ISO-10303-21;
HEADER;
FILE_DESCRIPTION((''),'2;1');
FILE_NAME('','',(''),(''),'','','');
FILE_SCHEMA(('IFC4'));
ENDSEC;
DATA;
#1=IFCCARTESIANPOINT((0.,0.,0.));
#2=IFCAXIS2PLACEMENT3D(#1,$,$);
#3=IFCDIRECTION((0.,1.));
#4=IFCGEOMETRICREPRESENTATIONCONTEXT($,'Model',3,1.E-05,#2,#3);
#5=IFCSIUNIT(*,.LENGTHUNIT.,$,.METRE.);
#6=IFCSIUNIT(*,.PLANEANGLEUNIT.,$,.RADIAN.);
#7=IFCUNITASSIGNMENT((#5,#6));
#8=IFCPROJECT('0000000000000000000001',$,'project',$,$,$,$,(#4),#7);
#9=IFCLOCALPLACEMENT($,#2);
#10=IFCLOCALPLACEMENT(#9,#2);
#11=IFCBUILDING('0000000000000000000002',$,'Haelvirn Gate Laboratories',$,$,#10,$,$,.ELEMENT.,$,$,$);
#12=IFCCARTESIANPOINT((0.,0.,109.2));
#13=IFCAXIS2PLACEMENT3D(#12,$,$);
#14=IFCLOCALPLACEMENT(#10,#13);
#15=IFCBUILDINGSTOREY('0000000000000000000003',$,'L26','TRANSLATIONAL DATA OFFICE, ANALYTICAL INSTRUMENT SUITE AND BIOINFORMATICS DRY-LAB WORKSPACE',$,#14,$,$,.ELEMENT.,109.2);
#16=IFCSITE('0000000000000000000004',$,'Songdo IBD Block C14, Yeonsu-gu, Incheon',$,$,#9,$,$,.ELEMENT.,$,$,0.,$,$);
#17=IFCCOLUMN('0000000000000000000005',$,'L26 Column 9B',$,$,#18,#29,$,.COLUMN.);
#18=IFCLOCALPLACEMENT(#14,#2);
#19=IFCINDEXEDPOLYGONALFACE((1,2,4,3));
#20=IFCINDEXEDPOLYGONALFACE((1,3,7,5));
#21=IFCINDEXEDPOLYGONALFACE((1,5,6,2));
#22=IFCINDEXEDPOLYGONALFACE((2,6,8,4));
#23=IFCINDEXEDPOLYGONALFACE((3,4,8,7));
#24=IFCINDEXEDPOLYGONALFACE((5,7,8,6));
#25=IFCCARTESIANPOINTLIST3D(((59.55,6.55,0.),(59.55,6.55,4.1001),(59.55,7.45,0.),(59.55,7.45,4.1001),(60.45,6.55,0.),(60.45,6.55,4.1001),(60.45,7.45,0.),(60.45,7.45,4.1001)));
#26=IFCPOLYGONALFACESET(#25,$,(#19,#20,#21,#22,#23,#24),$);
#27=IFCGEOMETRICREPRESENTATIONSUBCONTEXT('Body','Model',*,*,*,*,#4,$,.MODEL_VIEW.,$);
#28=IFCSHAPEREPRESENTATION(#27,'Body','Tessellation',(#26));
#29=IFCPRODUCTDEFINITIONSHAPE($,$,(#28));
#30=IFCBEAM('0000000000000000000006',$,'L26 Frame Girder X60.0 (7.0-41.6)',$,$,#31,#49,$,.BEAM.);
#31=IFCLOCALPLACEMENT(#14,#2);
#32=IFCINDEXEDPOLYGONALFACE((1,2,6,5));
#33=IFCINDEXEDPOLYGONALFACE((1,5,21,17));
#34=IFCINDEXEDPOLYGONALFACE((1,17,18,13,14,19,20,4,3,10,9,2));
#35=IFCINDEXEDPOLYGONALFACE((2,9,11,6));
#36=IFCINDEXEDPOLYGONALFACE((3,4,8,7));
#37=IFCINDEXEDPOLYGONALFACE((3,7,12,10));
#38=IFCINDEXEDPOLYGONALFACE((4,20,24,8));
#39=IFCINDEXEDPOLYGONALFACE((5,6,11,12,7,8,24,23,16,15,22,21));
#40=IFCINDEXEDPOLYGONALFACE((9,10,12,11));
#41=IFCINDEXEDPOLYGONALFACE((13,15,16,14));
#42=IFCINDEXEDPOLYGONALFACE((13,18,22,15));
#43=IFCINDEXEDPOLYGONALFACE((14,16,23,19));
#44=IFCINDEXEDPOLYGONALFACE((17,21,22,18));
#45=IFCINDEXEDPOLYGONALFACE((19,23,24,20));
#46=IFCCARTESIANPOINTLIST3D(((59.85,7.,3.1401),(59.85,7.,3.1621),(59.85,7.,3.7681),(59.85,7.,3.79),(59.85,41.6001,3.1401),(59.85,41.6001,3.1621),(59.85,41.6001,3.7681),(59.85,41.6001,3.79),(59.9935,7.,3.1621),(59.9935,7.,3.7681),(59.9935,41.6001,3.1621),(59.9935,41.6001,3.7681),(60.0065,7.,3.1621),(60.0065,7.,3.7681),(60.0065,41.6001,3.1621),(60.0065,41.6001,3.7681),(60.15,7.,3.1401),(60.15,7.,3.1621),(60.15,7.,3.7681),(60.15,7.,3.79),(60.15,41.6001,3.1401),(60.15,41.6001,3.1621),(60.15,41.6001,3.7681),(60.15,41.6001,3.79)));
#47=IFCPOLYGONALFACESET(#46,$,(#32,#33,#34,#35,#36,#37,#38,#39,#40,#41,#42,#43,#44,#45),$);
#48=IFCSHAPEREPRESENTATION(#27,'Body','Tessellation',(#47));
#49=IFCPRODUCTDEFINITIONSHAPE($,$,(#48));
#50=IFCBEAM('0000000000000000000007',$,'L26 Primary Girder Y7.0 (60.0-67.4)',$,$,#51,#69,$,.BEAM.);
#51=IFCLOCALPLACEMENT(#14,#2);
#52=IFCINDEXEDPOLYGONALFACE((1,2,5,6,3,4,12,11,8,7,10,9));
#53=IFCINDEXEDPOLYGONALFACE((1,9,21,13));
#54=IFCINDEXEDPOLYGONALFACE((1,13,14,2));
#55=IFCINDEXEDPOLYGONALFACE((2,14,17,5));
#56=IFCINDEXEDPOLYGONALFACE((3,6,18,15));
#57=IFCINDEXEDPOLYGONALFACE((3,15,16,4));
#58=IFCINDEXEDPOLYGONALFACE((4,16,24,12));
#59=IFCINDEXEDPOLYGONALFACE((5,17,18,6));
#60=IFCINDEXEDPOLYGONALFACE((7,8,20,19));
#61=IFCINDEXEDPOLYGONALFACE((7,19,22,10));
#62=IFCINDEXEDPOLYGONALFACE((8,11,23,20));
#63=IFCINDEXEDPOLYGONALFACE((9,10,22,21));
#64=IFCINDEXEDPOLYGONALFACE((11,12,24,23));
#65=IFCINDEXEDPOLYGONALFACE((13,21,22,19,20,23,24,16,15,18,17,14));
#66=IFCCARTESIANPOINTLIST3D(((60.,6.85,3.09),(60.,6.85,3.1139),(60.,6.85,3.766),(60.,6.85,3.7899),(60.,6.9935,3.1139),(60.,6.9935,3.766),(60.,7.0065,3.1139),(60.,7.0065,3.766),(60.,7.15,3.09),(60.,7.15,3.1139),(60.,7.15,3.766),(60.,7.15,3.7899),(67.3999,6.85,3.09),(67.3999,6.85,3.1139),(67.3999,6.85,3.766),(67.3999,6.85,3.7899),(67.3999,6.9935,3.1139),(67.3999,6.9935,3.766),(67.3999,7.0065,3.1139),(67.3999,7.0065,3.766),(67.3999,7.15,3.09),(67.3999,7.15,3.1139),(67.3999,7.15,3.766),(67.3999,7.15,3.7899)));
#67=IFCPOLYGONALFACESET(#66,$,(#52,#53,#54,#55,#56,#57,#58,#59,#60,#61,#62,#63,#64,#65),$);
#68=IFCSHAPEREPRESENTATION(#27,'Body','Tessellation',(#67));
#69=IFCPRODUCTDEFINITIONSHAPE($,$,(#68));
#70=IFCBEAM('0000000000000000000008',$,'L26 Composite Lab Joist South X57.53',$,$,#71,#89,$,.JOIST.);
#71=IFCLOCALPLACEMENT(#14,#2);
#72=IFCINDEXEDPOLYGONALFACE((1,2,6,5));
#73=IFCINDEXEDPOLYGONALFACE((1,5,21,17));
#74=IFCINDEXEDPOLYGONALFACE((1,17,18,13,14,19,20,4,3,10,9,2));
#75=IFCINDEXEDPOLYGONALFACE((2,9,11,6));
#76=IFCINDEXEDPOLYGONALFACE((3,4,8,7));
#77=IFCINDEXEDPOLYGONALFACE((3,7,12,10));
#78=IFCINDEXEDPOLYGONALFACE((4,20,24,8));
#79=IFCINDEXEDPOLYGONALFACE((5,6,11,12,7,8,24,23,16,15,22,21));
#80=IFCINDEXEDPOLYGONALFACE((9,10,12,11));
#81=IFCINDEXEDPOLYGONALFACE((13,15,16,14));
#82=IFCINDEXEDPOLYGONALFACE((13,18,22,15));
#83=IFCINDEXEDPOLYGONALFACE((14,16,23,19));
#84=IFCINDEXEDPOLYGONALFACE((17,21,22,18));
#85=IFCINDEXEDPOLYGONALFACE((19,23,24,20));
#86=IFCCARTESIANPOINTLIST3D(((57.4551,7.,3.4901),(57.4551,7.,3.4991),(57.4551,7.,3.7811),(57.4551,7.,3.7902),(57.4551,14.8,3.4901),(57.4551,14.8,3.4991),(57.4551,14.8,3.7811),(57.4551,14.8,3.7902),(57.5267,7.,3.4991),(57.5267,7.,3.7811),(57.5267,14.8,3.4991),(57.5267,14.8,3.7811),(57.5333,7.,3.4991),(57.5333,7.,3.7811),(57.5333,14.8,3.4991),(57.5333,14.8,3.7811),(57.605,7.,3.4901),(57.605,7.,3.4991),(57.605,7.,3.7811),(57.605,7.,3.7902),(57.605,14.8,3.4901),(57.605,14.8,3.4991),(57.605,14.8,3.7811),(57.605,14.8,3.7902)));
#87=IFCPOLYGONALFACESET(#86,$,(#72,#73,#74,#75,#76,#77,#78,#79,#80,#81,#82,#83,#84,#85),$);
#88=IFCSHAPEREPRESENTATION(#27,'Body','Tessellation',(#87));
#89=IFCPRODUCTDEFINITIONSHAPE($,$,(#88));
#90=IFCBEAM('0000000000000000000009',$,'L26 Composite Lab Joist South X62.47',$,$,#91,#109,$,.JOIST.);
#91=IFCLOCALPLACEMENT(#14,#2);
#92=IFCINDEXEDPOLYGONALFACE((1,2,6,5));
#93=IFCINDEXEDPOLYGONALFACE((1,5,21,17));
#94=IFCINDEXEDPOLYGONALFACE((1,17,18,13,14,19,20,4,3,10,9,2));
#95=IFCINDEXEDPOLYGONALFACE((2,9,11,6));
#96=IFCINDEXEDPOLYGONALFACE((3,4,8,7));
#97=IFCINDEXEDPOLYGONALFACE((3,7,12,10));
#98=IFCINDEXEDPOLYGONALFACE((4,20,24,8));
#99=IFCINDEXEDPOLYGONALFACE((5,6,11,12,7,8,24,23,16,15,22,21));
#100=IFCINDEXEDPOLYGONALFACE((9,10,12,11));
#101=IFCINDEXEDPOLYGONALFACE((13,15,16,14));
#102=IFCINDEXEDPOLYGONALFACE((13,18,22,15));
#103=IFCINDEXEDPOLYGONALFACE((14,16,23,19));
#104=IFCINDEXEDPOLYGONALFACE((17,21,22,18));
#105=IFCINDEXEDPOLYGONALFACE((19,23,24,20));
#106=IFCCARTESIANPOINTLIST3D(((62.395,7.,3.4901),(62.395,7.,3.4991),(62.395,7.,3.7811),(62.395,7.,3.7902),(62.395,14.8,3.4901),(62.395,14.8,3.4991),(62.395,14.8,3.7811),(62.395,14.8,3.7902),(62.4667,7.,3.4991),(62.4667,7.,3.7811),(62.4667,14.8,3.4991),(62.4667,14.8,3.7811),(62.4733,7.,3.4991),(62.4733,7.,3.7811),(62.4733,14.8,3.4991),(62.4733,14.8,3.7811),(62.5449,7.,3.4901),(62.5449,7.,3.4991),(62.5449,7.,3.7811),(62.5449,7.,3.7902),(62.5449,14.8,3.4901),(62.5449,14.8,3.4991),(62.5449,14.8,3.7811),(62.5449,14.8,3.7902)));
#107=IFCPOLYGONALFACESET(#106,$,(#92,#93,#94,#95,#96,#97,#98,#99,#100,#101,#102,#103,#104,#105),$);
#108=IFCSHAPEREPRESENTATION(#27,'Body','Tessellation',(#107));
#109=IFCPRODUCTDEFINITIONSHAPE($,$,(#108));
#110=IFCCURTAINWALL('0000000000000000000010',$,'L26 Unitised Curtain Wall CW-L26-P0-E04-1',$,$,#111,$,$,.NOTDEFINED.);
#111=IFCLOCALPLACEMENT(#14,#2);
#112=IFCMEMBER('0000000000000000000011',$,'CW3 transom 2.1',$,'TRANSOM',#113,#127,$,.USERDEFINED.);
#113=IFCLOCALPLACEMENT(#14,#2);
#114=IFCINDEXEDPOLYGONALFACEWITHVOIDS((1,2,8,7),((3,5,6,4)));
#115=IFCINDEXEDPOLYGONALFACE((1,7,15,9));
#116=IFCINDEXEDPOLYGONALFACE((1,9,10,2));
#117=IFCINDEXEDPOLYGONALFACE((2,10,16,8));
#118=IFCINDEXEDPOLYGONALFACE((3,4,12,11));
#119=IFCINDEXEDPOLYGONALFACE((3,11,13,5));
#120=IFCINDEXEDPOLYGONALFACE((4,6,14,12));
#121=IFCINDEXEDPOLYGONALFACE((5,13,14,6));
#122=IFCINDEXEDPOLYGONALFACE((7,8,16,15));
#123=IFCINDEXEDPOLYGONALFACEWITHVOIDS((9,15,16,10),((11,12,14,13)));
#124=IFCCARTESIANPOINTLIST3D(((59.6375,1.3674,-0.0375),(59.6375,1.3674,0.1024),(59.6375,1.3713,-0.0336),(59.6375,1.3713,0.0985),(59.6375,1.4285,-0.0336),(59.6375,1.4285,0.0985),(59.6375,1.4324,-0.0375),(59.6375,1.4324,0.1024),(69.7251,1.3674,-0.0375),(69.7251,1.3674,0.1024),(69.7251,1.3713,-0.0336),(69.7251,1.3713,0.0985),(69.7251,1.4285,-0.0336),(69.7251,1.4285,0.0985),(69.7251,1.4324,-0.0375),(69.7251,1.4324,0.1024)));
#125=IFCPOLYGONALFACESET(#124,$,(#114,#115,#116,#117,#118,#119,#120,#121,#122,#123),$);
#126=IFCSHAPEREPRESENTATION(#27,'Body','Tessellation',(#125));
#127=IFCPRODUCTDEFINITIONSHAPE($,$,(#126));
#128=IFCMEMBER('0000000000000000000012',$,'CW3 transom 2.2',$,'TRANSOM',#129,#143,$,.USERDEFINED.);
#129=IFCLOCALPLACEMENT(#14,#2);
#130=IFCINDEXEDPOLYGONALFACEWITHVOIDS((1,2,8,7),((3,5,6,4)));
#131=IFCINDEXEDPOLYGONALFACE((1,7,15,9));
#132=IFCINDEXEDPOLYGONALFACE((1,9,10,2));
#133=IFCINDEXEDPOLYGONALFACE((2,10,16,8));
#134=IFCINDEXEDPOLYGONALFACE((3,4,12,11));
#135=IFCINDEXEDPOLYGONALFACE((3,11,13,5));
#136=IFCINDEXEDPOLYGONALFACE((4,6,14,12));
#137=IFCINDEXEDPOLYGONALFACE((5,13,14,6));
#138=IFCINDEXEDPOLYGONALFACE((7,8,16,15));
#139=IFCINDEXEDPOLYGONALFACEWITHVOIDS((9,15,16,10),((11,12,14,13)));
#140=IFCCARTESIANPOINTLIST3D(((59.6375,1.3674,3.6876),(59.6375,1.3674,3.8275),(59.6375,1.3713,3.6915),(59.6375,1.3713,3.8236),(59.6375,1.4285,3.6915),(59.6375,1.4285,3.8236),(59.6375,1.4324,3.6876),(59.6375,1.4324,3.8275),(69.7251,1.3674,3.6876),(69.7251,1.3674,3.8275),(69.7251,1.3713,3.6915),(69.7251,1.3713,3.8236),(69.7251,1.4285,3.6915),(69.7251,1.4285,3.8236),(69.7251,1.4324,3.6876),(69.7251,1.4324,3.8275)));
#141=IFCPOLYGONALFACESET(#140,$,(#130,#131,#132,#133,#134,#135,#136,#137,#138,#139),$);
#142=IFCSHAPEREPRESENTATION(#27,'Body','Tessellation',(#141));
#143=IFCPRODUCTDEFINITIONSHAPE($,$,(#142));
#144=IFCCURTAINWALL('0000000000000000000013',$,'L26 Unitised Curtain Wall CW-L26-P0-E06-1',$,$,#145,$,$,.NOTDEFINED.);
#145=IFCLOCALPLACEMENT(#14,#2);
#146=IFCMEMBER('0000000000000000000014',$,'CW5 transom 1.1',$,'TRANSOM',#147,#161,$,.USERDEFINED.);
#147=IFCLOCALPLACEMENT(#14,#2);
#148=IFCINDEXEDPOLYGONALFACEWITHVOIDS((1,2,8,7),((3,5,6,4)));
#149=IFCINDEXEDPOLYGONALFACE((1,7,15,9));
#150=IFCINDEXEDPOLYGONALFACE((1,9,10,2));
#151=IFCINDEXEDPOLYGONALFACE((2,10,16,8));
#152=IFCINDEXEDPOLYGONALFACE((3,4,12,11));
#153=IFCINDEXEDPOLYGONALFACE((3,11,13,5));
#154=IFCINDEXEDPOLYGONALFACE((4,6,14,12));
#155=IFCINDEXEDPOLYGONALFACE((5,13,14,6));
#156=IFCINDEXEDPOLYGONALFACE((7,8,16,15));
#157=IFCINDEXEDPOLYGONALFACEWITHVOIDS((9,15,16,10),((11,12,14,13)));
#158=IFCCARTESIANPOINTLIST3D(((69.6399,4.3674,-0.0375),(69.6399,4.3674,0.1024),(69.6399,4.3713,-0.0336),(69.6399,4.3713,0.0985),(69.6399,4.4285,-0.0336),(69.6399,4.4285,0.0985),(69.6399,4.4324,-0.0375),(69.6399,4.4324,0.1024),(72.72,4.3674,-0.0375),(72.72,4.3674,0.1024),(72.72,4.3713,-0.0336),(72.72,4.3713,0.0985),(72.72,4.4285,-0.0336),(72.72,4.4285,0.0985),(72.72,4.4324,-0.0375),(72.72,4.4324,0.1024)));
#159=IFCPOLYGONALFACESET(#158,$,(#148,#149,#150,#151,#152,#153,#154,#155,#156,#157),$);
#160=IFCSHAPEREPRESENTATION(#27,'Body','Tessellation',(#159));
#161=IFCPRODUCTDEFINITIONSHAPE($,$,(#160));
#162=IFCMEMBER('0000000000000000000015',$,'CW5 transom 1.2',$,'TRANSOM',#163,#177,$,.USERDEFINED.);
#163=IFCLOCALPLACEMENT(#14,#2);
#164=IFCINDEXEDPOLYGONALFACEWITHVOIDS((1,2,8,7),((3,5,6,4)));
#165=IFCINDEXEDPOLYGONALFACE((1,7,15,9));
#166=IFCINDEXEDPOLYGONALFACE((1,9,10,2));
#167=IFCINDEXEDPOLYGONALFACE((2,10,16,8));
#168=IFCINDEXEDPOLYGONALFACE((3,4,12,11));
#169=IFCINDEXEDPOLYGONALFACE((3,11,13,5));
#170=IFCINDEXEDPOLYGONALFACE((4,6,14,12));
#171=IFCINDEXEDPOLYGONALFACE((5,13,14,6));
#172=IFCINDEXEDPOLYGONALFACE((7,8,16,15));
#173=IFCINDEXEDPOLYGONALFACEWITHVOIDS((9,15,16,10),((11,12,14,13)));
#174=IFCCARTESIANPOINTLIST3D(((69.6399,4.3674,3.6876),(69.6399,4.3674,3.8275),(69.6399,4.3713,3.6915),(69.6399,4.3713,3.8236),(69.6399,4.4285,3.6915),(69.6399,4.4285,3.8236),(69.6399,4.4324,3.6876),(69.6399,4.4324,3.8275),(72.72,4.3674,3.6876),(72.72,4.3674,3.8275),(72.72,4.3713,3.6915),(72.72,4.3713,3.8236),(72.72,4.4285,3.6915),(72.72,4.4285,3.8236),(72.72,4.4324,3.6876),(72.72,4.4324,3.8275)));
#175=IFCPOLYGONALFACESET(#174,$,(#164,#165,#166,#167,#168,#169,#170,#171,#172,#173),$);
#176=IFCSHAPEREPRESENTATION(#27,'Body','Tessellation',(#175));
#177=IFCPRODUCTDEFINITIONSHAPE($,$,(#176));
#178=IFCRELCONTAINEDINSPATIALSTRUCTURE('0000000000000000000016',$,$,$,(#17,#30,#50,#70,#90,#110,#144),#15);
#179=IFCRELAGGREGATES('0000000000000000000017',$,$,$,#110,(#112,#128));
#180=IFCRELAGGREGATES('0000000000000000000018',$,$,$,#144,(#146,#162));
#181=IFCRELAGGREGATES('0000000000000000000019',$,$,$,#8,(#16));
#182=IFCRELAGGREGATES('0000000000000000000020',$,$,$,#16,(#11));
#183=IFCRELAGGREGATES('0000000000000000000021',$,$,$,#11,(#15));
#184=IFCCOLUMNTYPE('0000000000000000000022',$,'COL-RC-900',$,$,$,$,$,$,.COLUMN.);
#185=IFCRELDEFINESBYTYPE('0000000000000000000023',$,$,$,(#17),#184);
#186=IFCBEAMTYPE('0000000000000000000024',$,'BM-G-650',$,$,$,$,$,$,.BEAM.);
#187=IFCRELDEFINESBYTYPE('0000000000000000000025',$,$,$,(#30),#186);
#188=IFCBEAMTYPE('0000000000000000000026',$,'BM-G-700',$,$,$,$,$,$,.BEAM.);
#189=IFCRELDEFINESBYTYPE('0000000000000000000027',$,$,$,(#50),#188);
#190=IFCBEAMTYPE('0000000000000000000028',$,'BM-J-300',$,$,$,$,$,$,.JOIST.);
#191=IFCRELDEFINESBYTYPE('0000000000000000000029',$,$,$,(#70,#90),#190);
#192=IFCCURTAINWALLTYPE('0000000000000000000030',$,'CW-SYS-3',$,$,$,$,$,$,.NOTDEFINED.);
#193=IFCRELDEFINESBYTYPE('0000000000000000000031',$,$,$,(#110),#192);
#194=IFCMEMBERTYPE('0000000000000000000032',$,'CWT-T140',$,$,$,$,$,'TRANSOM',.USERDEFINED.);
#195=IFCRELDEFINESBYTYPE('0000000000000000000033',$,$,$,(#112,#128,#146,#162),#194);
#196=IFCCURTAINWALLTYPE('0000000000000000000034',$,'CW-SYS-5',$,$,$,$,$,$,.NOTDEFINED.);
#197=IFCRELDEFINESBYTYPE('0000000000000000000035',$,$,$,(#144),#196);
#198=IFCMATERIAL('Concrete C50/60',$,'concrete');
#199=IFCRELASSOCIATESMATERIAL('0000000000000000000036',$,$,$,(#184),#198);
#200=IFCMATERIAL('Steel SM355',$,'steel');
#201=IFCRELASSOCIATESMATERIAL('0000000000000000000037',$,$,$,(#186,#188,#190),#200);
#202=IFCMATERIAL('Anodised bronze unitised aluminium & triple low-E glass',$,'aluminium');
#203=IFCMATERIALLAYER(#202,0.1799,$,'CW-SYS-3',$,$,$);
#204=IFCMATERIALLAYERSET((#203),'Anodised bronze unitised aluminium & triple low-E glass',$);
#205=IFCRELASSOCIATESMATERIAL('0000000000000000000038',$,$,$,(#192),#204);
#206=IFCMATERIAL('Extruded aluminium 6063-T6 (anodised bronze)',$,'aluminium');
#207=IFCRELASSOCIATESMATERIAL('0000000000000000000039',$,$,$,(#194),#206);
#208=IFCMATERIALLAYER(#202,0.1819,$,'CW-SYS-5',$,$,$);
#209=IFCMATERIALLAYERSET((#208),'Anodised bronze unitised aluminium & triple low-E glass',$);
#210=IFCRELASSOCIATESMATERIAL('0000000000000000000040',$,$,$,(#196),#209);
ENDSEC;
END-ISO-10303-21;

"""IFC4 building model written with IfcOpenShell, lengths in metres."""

from ifc_helpers import new_model, si_unit, direction, frame, origin, origin_2d, place, context, subcontext, project, spatial, rectangle, hollow_rectangle, i_section, extrude, source, transform, mapped, material, layer, layer_set, material_profile, profile_set, type_object, type_shapes, element, aggregate, save


model = new_model("IFC4")

# Units and contexts
model_context = context("Model", 3, precision=1e-05, world=origin(), true_north=direction((0.0, 1.0)))
body_context = subcontext(model_context, "Body", "Model", "MODEL_VIEW")
ifc_project = project(units=[si_unit("LENGTHUNIT", "METRE"), si_unit("PLANEANGLEUNIT", "RADIAN")], contexts=[model_context])

# Site, building, storey
site_placement = place(None, origin())
site = spatial("IfcSite", under=ifc_project, at=site_placement, Name="Songdo IBD Block C14, Yeonsu-gu, Incheon", CompositionType="ELEMENT", RefElevation=0.0)
building_placement = place(site_placement, origin())
building = spatial("IfcBuilding", under=site, at=building_placement, Name="Haelvirn Gate Laboratories", CompositionType="ELEMENT")
storey_placement = place(building_placement, frame((0.0, 0.0, 109.2)))
storey = spatial("IfcBuildingStorey", under=building, at=storey_placement, Name="L26", Description="TRANSLATIONAL DATA OFFICE, ANALYTICAL INSTRUMENT SUITE AND BIOINFORMATICS DRY-LAB WORKSPACE", CompositionType="ELEMENT", Elevation=109.2)

# Column
ifc_material_1 = material(Name="Concrete C50/60", Category="concrete")
ifc_material_profile_1 = material_profile(ifc_material_1, rectangle(XDim=0.8999, YDim=0.8999, at=origin_2d()), Name="RC-900x900")
ifc_profile_set_1 = profile_set([ifc_material_profile_1], Name="Concrete C50/60")
column_type = type_object("IfcColumnType", Name="COL-RC-900", PredefinedType="COLUMN", material=ifc_profile_set_1)
shared_shape_1 = source(origin(), body_context, "Body", "SweptSolid", [
    extrude(rectangle(XDim=0.8999, YDim=0.8999, at=origin_2d()), origin(), (0.0, 0.0, 1.0), 4.1001),
])
type_shapes(column_type, [shared_shape_1])
column_placement = place(storey_placement, frame((60.0, 7.0, 0.0), z_axis=(0.0, 0.0, 1.0), x_axis=(1.0, 0.0, 0.0)))
element("IfcColumn", 1, at=column_placement, inside=storey, type_object=column_type, Name="L26 Column 9B", PredefinedType="COLUMN", context=body_context, shape_type="MappedRepresentation", body=[
    mapped(shared_shape_1, transform((0.0, 0.0, 0.0), scale=1.0)),
])

# Beams
ifc_material_2 = material(Name="Steel SM355", Category="steel")
ifc_material_profile_2 = material_profile(ifc_material_2, i_section(OverallWidth=0.3, OverallDepth=0.6499, WebThickness=0.0129, FlangeThickness=0.022, at=origin_2d()), Name="H-650x300x13x22")
ifc_profile_set_2 = profile_set([ifc_material_profile_2], Name="Steel SM355")
beam_type_1 = type_object("IfcBeamType", Name="BM-G-650", PredefinedType="BEAM", material=ifc_profile_set_2)
shared_shape_2 = source(origin(), body_context, "Body", "SweptSolid", [
    extrude(i_section(OverallWidth=0.3, OverallDepth=0.6499, WebThickness=0.0129, FlangeThickness=0.022, at=origin_2d()), origin(), (0.0, 0.0, 1.0), 34.6001),
])
type_shapes(beam_type_1, [shared_shape_2])
beam_1_placement = place(storey_placement, frame((60.0, 7.0, 3.4651), z_axis=(0.0, 1.0, 0.0), x_axis=(-1.0, 0.0, 0.0)))
element("IfcBeam", 2, at=beam_1_placement, inside=storey, type_object=beam_type_1, Name="L26 Frame Girder X60.0 (7.0-41.6)", PredefinedType="BEAM", context=body_context, shape_type="MappedRepresentation", body=[
    mapped(shared_shape_2, transform((0.0, 0.0, 0.0), scale=1.0)),
])
ifc_material_profile_3 = material_profile(ifc_material_2, i_section(OverallWidth=0.3, OverallDepth=0.7, WebThickness=0.0129, FlangeThickness=0.0239, at=origin_2d()), Name="H-700x300x13x24")
ifc_profile_set_3 = profile_set([ifc_material_profile_3], Name="Steel SM355")
beam_type_2 = type_object("IfcBeamType", Name="BM-G-700", PredefinedType="BEAM", material=ifc_profile_set_3)
shared_shape_3 = source(origin(), body_context, "Body", "SweptSolid", [
    extrude(i_section(OverallWidth=0.3, OverallDepth=0.7, WebThickness=0.0129, FlangeThickness=0.0239, at=origin_2d()), origin(), (0.0, 0.0, 1.0), 7.3999),
])
type_shapes(beam_type_2, [shared_shape_3])
beam_2_placement = place(storey_placement, frame((60.0, 7.0, 3.4399), z_axis=(1.0, 0.0, 0.0), x_axis=(0.0, 1.0, 0.0)))
element("IfcBeam", 3, at=beam_2_placement, inside=storey, type_object=beam_type_2, Name="L26 Primary Girder Y7.0 (60.0-67.4)", PredefinedType="BEAM", context=body_context, shape_type="MappedRepresentation", body=[
    mapped(shared_shape_3, transform((0.0, 0.0, 0.0), scale=1.0)),
])
ifc_material_profile_4 = material_profile(ifc_material_2, i_section(OverallWidth=0.1499, OverallDepth=0.3, WebThickness=0.0066, FlangeThickness=0.009, at=origin_2d()), Name="H-300x150x6.5x9")
ifc_profile_set_4 = profile_set([ifc_material_profile_4], Name="Steel SM355")
beam_type_3 = type_object("IfcBeamType", Name="BM-J-300", PredefinedType="JOIST", material=ifc_profile_set_4)
shared_shape_4 = source(origin(), body_context, "Body", "SweptSolid", [
    extrude(i_section(OverallWidth=0.1499, OverallDepth=0.3, WebThickness=0.0066, FlangeThickness=0.009, at=origin_2d()), origin(), (0.0, 0.0, 1.0), 7.8),
])
type_shapes(beam_type_3, [shared_shape_4])
for number, where, z_axis, x_axis, name in (
    (4, (57.53, 7.0, 3.6401), (0.0, 1.0, 0.0), (-1.0, 0.0, 0.0), "L26 Composite Lab Joist South X57.53"),
    (5, (62.47, 7.0, 3.6401), (0.0, 1.0, 0.0), (-1.0, 0.0, 0.0), "L26 Composite Lab Joist South X62.47"),
):
    element("IfcBeam", number, at=place(storey_placement, frame(where, z_axis=z_axis, x_axis=x_axis)), inside=storey, type_object=beam_type_3, Name=name, PredefinedType="JOIST", context=body_context, shape_type="MappedRepresentation", body=[
        mapped(shared_shape_4, transform((0.0, 0.0, 0.0), scale=1.0)),
    ])

# Curtain walls, members
ifc_material_3 = material(Name="Anodised bronze unitised aluminium & triple low-E glass", Category="aluminium")
ifc_layer_1 = layer(ifc_material_3, 0.1799, Name="CW-SYS-3")
ifc_layer_set_1 = layer_set([ifc_layer_1], Name="Anodised bronze unitised aluminium & triple low-E glass")
curtain_wall_type_1 = type_object("IfcCurtainWallType", Name="CW-SYS-3", PredefinedType="NOTDEFINED", material=ifc_layer_set_1)
curtain_wall_1_placement = place(storey_placement, origin())
curtain_wall_1 = element("IfcCurtainWall", 6, at=curtain_wall_1_placement, inside=storey, type_object=curtain_wall_type_1, Name="L26 Unitised Curtain Wall CW-L26-P0-E04-1", PredefinedType="NOTDEFINED")
ifc_material_4 = material(Name="Extruded aluminium 6063-T6 (anodised bronze)", Category="aluminium")
ifc_material_profile_5 = material_profile(ifc_material_4, hollow_rectangle(XDim=0.0649, YDim=0.1399, WallThickness=0.0039, at=origin_2d()), Name="CWT-140x65x4")
ifc_profile_set_5 = profile_set([ifc_material_profile_5], Name="Extruded aluminium 6063-T6 (anodised bronze)")
member_type_1 = type_object("IfcMemberType", Name="CWT-T140", ElementType="TRANSOM", PredefinedType="USERDEFINED", material=ifc_profile_set_5)
shared_shape_5 = source(origin(), body_context, "Body", "SweptSolid", [
    extrude(hollow_rectangle(XDim=0.0649, YDim=0.1399, WallThickness=0.0039, at=origin_2d()), origin(), (0.0, 0.0, 1.0), 10.0876),
])
member_1_placement = place(storey_placement, frame((59.6375, 1.3999, 0.0325), z_axis=(1.0, 0.0, 0.0), x_axis=(0.0, 1.0, 0.0)))
member_1 = element("IfcMember", 7, at=member_1_placement, type_object=member_type_1, Name="CW3 transom 2.1", ObjectType="TRANSOM", PredefinedType="USERDEFINED", context=body_context, shape_type="MappedRepresentation", body=[
    mapped(shared_shape_5, transform((0.0, 0.0, 0.0), scale=1.0)),
])
member_2_placement = place(storey_placement, frame((59.6375, 1.3999, 3.7576), z_axis=(1.0, 0.0, 0.0), x_axis=(0.0, 1.0, 0.0)))
member_2 = element("IfcMember", 8, at=member_2_placement, type_object=member_type_1, Name="CW3 transom 2.2", ObjectType="TRANSOM", PredefinedType="USERDEFINED", context=body_context, shape_type="MappedRepresentation", body=[
    mapped(shared_shape_5, transform((0.0, 0.0, 0.0), scale=1.0)),
])
ifc_layer_2 = layer(ifc_material_3, 0.1819, Name="CW-SYS-5")
ifc_layer_set_2 = layer_set([ifc_layer_2], Name="Anodised bronze unitised aluminium & triple low-E glass")
curtain_wall_type_2 = type_object("IfcCurtainWallType", Name="CW-SYS-5", PredefinedType="NOTDEFINED", material=ifc_layer_set_2)
curtain_wall_2_placement = place(storey_placement, origin())
curtain_wall_2 = element("IfcCurtainWall", 9, at=curtain_wall_2_placement, inside=storey, type_object=curtain_wall_type_2, Name="L26 Unitised Curtain Wall CW-L26-P0-E06-1", PredefinedType="NOTDEFINED")
shared_shape_6 = source(origin(), body_context, "Body", "SweptSolid", [
    extrude(hollow_rectangle(XDim=0.0649, YDim=0.1399, WallThickness=0.0039, at=origin_2d()), origin(), (0.0, 0.0, 1.0), 3.0801),
])
member_3_placement = place(storey_placement, frame((69.6399, 4.3999, 0.0325), z_axis=(1.0, 0.0, 0.0), x_axis=(0.0, 1.0, 0.0)))
member_3 = element("IfcMember", 10, at=member_3_placement, type_object=member_type_1, Name="CW5 transom 1.1", ObjectType="TRANSOM", PredefinedType="USERDEFINED", context=body_context, shape_type="MappedRepresentation", body=[
    mapped(shared_shape_6, transform((0.0, 0.0, 0.0), scale=1.0)),
])
member_4_placement = place(storey_placement, frame((69.6399, 4.3999, 3.7576), z_axis=(1.0, 0.0, 0.0), x_axis=(0.0, 1.0, 0.0)))
member_4 = element("IfcMember", 11, at=member_4_placement, type_object=member_type_1, Name="CW5 transom 1.2", ObjectType="TRANSOM", PredefinedType="USERDEFINED", context=body_context, shape_type="MappedRepresentation", body=[
    mapped(shared_shape_6, transform((0.0, 0.0, 0.0), scale=1.0)),
])

aggregate(curtain_wall_1, [member_1, member_2])
aggregate(curtain_wall_2, [member_3, member_4])

save(model, "model.ifc")
